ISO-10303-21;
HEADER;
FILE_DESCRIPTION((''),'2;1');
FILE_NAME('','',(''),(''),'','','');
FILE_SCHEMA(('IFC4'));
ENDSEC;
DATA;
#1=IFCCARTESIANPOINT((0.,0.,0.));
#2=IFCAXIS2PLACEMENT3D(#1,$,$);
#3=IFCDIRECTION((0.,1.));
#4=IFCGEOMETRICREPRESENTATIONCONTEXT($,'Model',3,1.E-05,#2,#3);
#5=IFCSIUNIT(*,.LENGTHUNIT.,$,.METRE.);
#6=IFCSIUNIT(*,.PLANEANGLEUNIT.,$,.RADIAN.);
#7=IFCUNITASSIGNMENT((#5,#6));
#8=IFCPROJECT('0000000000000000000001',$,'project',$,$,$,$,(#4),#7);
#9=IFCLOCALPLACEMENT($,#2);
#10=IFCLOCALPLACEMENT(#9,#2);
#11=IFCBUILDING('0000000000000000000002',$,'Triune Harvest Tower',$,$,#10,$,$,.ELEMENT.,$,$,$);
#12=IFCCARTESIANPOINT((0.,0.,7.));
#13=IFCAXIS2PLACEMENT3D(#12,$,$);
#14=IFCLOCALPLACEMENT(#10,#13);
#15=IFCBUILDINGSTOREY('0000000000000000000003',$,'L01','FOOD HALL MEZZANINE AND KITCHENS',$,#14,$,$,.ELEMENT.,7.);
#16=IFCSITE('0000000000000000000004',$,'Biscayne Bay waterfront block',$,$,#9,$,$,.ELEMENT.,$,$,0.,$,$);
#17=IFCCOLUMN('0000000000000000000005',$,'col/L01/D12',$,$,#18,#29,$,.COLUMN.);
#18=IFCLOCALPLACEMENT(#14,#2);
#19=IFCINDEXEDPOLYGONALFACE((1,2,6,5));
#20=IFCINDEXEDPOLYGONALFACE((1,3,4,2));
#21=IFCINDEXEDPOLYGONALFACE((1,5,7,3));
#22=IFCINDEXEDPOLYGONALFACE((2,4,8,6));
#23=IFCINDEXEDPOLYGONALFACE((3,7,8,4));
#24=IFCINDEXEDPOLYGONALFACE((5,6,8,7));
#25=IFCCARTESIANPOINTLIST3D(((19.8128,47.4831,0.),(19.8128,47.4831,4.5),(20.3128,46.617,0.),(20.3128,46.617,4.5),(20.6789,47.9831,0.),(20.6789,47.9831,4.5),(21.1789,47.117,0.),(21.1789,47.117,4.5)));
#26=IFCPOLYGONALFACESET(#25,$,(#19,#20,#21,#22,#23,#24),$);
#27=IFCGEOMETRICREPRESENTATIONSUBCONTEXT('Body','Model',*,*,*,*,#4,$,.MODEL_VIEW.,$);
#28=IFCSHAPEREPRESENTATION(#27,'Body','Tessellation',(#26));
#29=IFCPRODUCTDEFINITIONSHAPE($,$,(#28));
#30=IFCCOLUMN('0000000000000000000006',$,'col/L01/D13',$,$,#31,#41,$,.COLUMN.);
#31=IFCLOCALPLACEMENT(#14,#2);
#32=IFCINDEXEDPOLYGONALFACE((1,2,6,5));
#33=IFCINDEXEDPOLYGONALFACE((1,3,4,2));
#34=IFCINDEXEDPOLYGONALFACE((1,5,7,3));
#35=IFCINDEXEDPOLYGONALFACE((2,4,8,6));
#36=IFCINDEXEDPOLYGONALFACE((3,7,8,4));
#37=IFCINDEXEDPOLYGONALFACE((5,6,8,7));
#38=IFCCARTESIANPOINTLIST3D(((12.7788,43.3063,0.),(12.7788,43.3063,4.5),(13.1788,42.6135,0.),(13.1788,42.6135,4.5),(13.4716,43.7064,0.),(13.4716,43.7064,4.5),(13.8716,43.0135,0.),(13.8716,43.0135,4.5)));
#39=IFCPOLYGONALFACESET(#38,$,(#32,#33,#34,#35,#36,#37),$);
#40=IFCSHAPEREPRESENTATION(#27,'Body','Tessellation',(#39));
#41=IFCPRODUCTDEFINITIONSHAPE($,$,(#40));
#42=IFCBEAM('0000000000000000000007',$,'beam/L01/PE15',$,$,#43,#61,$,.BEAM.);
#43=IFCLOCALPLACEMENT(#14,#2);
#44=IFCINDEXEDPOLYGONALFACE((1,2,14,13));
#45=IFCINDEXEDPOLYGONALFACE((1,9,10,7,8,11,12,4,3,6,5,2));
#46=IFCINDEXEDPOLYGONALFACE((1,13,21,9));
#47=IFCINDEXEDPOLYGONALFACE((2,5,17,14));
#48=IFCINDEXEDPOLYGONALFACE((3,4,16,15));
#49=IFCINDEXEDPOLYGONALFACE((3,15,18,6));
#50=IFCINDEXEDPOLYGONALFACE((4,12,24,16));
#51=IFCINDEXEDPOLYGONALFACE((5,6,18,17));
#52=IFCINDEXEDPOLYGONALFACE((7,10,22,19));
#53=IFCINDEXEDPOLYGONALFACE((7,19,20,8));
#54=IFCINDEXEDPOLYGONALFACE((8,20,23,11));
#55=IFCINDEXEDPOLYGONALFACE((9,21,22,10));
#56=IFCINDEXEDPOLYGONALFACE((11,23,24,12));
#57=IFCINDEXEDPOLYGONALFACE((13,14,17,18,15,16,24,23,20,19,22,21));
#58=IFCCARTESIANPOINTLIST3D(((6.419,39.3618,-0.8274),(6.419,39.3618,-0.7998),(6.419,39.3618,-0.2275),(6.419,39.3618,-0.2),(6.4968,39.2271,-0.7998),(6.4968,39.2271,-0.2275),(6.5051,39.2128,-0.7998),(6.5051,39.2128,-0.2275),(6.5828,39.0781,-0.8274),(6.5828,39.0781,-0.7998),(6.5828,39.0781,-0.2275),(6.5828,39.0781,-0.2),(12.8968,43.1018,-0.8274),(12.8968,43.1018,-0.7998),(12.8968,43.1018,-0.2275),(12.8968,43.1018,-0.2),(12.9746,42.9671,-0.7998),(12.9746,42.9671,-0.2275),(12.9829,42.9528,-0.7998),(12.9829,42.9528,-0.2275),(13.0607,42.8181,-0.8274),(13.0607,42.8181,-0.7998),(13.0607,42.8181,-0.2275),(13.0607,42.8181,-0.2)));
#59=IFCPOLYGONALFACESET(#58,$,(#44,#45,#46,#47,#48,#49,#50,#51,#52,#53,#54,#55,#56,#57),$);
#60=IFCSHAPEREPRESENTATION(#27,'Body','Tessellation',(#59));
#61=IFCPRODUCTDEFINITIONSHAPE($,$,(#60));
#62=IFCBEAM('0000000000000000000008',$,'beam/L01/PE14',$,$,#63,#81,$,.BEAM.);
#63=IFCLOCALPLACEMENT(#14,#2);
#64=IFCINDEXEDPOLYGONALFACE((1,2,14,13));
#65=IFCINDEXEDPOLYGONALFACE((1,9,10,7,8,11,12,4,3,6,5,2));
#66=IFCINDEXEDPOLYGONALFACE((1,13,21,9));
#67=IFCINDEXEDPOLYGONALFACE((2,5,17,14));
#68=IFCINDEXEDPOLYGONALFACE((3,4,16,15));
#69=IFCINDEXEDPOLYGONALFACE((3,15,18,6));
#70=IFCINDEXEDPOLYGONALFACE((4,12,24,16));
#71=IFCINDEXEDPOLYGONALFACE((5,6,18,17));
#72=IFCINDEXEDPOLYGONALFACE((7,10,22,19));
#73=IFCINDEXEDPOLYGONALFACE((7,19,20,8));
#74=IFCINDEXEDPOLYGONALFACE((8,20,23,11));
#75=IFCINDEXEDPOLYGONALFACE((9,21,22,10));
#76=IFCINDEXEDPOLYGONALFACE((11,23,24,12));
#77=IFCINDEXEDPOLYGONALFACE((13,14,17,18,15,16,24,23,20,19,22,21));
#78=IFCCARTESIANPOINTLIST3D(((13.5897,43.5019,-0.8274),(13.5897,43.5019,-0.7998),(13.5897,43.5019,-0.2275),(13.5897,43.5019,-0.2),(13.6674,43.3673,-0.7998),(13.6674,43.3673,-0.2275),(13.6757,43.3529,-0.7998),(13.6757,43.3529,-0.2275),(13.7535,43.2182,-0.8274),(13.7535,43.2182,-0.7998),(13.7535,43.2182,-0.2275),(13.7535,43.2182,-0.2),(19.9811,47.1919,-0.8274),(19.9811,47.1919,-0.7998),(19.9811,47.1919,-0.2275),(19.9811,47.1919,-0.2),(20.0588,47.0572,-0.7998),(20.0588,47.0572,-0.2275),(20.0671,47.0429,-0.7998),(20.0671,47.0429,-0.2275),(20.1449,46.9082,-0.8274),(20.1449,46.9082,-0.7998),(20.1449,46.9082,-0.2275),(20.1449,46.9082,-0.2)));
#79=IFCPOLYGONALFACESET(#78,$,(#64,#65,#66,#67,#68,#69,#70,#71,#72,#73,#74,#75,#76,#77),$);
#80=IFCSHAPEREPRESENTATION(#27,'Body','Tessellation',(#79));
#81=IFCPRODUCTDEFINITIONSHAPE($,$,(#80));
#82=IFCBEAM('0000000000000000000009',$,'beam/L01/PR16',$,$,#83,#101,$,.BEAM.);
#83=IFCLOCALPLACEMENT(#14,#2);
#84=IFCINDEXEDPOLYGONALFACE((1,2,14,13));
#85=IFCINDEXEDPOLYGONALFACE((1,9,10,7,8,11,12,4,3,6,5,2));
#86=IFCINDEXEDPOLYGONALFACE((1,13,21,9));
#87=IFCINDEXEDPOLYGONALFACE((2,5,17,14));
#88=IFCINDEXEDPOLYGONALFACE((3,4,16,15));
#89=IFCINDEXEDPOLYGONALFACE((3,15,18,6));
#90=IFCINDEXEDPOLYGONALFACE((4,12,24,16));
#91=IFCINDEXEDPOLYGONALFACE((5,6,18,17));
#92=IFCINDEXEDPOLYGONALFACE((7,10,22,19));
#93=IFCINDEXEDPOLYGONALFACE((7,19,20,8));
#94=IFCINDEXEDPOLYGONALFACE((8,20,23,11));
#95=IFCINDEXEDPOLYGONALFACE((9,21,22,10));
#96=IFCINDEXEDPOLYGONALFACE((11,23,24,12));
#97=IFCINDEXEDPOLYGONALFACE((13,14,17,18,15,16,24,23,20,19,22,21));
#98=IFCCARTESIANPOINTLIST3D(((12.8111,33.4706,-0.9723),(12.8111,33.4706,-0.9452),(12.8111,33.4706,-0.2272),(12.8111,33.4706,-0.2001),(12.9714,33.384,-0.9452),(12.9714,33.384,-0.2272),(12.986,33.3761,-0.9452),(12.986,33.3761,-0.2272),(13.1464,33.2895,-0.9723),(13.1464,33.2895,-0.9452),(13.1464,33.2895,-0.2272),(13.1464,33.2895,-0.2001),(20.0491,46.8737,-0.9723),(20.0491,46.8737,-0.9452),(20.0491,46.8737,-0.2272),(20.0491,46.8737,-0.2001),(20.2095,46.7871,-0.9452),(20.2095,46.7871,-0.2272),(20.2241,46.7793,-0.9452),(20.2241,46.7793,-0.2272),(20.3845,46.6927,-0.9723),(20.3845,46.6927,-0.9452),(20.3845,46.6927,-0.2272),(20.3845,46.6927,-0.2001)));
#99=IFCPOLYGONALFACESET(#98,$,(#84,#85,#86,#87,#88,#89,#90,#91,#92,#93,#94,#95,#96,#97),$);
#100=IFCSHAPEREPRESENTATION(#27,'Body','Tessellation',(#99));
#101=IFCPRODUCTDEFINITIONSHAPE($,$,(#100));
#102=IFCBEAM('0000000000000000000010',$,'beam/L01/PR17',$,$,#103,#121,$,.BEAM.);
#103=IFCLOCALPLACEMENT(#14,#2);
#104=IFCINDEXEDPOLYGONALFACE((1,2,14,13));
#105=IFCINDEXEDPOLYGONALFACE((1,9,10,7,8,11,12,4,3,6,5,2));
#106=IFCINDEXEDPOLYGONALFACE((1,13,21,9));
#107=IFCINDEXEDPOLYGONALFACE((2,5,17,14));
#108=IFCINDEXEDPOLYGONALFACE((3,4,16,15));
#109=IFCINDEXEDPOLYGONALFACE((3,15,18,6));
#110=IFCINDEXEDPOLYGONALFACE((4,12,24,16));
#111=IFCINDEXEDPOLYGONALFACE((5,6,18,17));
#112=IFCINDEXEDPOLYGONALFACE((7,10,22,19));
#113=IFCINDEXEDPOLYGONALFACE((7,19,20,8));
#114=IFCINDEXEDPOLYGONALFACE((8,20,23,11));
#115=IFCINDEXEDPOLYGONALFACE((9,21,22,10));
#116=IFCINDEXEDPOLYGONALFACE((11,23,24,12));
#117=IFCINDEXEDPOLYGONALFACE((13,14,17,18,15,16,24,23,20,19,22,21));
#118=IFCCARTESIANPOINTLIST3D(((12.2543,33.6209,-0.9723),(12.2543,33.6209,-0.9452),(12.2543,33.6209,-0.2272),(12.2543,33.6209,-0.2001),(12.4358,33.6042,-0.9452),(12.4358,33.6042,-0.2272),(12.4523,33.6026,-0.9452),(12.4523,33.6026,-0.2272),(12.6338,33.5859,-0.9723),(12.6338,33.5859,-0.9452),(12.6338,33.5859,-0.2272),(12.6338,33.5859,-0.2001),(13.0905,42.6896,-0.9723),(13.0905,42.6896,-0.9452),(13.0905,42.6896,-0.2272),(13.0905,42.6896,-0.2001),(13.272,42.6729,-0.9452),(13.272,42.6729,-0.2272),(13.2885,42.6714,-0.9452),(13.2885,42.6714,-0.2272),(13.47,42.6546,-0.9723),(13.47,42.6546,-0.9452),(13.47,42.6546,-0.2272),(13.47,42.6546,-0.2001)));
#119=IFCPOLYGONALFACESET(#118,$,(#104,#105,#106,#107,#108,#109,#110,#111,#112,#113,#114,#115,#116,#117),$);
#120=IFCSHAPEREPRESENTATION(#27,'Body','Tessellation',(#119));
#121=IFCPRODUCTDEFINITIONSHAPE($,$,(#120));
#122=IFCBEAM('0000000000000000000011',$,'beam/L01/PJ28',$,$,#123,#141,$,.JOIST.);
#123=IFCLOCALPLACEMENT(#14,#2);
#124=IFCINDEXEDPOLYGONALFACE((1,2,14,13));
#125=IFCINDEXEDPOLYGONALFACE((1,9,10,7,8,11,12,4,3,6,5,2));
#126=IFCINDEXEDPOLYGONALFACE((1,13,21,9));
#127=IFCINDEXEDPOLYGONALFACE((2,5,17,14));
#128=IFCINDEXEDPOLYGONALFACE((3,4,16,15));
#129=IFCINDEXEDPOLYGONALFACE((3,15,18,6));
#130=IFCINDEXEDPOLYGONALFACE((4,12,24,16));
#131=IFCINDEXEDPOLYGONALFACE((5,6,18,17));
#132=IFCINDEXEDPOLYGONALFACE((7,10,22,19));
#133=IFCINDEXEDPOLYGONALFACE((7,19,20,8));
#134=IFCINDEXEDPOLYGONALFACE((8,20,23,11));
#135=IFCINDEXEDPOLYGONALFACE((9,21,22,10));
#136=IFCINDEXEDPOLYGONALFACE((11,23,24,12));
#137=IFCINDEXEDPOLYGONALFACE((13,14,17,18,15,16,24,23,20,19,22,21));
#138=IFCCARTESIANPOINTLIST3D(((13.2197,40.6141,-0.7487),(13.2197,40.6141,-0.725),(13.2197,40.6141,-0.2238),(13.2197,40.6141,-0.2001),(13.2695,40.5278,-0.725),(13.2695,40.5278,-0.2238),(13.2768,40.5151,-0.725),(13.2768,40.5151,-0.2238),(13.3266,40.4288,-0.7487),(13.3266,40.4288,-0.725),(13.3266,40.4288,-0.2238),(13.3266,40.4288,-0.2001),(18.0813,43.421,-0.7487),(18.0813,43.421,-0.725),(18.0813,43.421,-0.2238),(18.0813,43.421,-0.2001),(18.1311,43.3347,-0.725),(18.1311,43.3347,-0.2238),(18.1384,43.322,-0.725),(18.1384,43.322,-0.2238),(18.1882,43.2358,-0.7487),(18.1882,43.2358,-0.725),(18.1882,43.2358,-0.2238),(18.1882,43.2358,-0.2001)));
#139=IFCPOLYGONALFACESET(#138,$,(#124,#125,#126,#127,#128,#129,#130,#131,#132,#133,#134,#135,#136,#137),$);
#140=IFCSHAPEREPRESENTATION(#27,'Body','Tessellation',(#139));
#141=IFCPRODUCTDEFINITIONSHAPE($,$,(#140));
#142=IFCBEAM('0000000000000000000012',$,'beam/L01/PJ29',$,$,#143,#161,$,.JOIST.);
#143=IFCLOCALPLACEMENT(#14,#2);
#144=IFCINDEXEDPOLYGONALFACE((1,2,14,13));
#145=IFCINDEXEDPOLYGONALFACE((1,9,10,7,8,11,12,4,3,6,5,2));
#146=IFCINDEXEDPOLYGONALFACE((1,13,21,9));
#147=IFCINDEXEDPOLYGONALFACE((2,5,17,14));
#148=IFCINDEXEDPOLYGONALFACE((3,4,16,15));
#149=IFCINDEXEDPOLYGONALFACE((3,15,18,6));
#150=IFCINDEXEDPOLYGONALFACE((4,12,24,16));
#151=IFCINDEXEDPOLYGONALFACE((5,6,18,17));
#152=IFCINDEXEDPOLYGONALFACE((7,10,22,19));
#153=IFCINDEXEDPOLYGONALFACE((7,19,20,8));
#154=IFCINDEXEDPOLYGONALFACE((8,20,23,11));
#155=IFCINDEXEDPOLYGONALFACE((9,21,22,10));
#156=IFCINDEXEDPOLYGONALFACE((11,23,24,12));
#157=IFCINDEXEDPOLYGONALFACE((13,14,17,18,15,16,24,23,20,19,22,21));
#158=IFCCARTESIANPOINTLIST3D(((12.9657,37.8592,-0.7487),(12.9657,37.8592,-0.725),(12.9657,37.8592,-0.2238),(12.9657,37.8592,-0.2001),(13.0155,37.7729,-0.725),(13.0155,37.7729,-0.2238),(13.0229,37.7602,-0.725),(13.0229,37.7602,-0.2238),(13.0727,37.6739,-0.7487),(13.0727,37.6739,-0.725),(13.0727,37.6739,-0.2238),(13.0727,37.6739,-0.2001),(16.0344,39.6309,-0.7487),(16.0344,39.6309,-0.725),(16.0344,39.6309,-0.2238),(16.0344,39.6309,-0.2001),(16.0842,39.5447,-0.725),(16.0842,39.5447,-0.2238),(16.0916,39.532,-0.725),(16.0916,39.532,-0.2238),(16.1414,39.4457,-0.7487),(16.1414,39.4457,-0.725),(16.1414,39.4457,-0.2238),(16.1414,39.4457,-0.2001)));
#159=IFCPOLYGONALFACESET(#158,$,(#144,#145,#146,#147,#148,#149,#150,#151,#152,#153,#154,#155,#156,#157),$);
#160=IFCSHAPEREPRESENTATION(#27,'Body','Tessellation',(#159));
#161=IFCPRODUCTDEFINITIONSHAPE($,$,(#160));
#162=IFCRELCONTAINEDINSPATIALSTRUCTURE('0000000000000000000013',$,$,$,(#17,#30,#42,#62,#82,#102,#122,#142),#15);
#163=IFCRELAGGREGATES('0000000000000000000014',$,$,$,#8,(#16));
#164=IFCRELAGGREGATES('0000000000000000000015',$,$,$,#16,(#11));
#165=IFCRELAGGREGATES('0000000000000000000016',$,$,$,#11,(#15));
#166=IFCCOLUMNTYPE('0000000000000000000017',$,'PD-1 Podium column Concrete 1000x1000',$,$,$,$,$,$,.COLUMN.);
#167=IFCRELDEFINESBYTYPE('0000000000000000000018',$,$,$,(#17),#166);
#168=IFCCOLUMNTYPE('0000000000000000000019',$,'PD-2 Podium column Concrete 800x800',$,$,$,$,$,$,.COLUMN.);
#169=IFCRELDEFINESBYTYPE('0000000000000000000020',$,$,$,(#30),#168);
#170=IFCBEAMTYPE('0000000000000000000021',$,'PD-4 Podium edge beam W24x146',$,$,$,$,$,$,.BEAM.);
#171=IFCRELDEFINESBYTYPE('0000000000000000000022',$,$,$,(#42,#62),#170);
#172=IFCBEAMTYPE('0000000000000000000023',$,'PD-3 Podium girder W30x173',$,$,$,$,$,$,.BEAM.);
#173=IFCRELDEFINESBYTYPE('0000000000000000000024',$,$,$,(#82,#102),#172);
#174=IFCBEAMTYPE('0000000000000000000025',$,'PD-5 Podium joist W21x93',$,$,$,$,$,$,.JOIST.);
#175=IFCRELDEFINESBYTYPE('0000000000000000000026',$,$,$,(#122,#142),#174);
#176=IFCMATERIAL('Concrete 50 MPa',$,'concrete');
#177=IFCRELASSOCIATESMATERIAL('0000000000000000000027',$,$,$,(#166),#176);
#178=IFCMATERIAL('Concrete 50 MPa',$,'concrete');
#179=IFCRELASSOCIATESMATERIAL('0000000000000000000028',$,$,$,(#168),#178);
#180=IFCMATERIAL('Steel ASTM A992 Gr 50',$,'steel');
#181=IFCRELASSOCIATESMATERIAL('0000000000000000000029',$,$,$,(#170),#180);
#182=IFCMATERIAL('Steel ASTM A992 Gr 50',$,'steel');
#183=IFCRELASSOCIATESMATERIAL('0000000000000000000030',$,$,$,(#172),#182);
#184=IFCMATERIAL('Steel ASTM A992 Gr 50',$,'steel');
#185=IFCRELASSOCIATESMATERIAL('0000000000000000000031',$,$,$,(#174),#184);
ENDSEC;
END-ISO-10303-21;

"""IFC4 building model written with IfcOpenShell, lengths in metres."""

from ifc_helpers import new_model, si_unit, direction, frame, origin, origin_2d, place, context, subcontext, project, spatial, rectangle, i_section, extrude, source, transform, mapped, material, material_profile, profile_set, type_object, element, save


model = new_model("IFC4")

# Units and contexts
model_context = context("Model", 3, precision=1e-05, world=origin(), true_north=direction((0.0, 1.0)))
body_context = subcontext(model_context, "Body", "Model", "MODEL_VIEW")
ifc_project = project(units=[si_unit("LENGTHUNIT", "METRE"), si_unit("PLANEANGLEUNIT", "RADIAN")], contexts=[model_context])

# Site, building, storey
site_placement = place(None, origin())
site = spatial("IfcSite", under=ifc_project, at=site_placement, Name="Biscayne Bay waterfront block", CompositionType="ELEMENT", RefElevation=0.0)
building_placement = place(site_placement, origin())
building = spatial("IfcBuilding", under=site, at=building_placement, Name="Triune Harvest Tower", CompositionType="ELEMENT")
storey_placement = place(building_placement, frame((0.0, 0.0, 7.0)))
storey = spatial("IfcBuildingStorey", under=building, at=storey_placement, Name="L01", Description="FOOD HALL MEZZANINE AND KITCHENS", CompositionType="ELEMENT", Elevation=7.0)

# Columns
ifc_material_1 = material(Name="Concrete 50 MPa", Category="concrete")
ifc_material_profile_1 = material_profile(ifc_material_1, rectangle(XDim=1.0, YDim=1.0, at=origin_2d()), Name="Concrete 1000x1000")
ifc_profile_set_1 = profile_set([ifc_material_profile_1], Name="Concrete 50 MPa")
column_type_1 = type_object("IfcColumnType", Name="PD-1 Podium column Concrete 1000x1000", PredefinedType="COLUMN", material=ifc_profile_set_1)
shared_shape_1 = source(origin(), body_context, "Body", "SweptSolid", [
    extrude(rectangle(XDim=1.0, YDim=1.0, at=origin_2d()), origin(), (0.0, 0.0, 1.0), 4.5),
])
column_1_placement = place(storey_placement, frame((20.4958, 47.3, 0.0), z_axis=(0.0, 0.0, 1.0), x_axis=(-0.866025, -0.5, 0.0)))
element("IfcColumn", 1, at=column_1_placement, inside=storey, type_object=column_type_1, Name="col/L01/D12", PredefinedType="COLUMN", context=body_context, shape_type="MappedRepresentation", body=[
    mapped(shared_shape_1, transform((0.0, 0.0, 0.0), scale=1.0)),
])
ifc_material_2 = material(Name="Concrete 50 MPa", Category="concrete")
ifc_material_profile_2 = material_profile(ifc_material_2, rectangle(XDim=0.8, YDim=0.8, at=origin_2d()), Name="Concrete 800x800")
ifc_profile_set_2 = profile_set([ifc_material_profile_2], Name="Concrete 50 MPa")
column_type_2 = type_object("IfcColumnType", Name="PD-2 Podium column Concrete 800x800", PredefinedType="COLUMN", material=ifc_profile_set_2)
shared_shape_2 = source(origin(), body_context, "Body", "SweptSolid", [
    extrude(rectangle(XDim=0.8, YDim=0.8, at=origin_2d()), origin(), (0.0, 0.0, 1.0), 4.5),
])
column_2_placement = place(storey_placement, frame((13.3252, 43.1599, 0.0), z_axis=(0.0, 0.0, 1.0), x_axis=(-0.866025, -0.5, 0.0)))
element("IfcColumn", 2, at=column_2_placement, inside=storey, type_object=column_type_2, Name="col/L01/D13", PredefinedType="COLUMN", context=body_context, shape_type="MappedRepresentation", body=[
    mapped(shared_shape_2, transform((0.0, 0.0, 0.0), scale=1.0)),
])

# Beams
ifc_material_3 = material(Name="Steel ASTM A992 Gr 50", Category="steel")
ifc_material_profile_3 = material_profile(ifc_material_3, i_section(OverallWidth=0.3276, OverallDepth=0.6274, WebThickness=0.0166, FlangeThickness=0.0276, at=origin_2d()), Name="W24x146")
ifc_profile_set_3 = profile_set([ifc_material_profile_3], Name="Steel ASTM A992 Gr 50")
beam_type_1 = type_object("IfcBeamType", Name="PD-4 Podium edge beam W24x146", PredefinedType="BEAM", material=ifc_profile_set_3)
shared_shape_3 = source(origin(), body_context, "Body", "SweptSolid", [
    extrude(i_section(OverallWidth=0.3276, OverallDepth=0.6274, WebThickness=0.0166, FlangeThickness=0.0276, at=origin_2d()), origin(), (0.0, 0.0, 1.0), 7.48),
])
beam_1_placement = place(storey_placement, frame((12.9788, 42.96, -0.5137), z_axis=(-0.866023, -0.500004, 0.0), x_axis=(0.500004, -0.866023, 0.0)))
element("IfcBeam", 3, at=beam_1_placement, inside=storey, type_object=beam_type_1, Name="beam/L01/PE15", PredefinedType="BEAM", context=body_context, shape_type="MappedRepresentation", body=[
    mapped(shared_shape_3, transform((0.0, 0.0, 0.0), scale=1.0)),
])
shared_shape_4 = source(origin(), body_context, "Body", "SweptSolid", [
    extrude(i_section(OverallWidth=0.3276, OverallDepth=0.6274, WebThickness=0.0166, FlangeThickness=0.0276, at=origin_2d()), origin(), (0.0, 0.0, 1.0), 7.3801),
])
beam_2_placement = place(storey_placement, frame((20.063, 47.05, -0.5137), z_axis=(-0.866032, -0.499989, 0.0), x_axis=(0.499989, -0.866032, 0.0)))
element("IfcBeam", 4, at=beam_2_placement, inside=storey, type_object=beam_type_1, Name="beam/L01/PE14", PredefinedType="BEAM", context=body_context, shape_type="MappedRepresentation", body=[
    mapped(shared_shape_4, transform((0.0, 0.0, 0.0), scale=1.0)),
])
ifc_material_4 = material(Name="Steel ASTM A992 Gr 50", Category="steel")
ifc_material_profile_4 = material_profile(ifc_material_4, i_section(OverallWidth=0.3811, OverallDepth=0.7722, WebThickness=0.0166, FlangeThickness=0.0271, at=origin_2d()), Name="W30x173")
ifc_profile_set_4 = profile_set([ifc_material_profile_4], Name="Steel ASTM A992 Gr 50")
beam_type_2 = type_object("IfcBeamType", Name="PD-3 Podium girder W30x173", PredefinedType="BEAM", material=ifc_profile_set_4)
shared_shape_5 = source(origin(), body_context, "Body", "SweptSolid", [
    extrude(i_section(OverallWidth=0.3811, OverallDepth=0.7722, WebThickness=0.0166, FlangeThickness=0.0271, at=origin_2d()), origin(), (0.0, 0.0, 1.0), 15.2327),
])
beam_3_placement = place(storey_placement, frame((20.2168, 46.7832, -0.5862), z_axis=(-0.475168, -0.879895, 0.0), x_axis=(0.879895, -0.475168, 0.0)))
element("IfcBeam", 5, at=beam_3_placement, inside=storey, type_object=beam_type_2, Name="beam/L01/PR16", PredefinedType="BEAM", context=body_context, shape_type="MappedRepresentation", body=[
    mapped(shared_shape_5, transform((0.0, 0.0, 0.0), scale=1.0)),
])
shared_shape_6 = source(origin(), body_context, "Body", "SweptSolid", [
    extrude(i_section(OverallWidth=0.3811, OverallDepth=0.7722, WebThickness=0.0166, FlangeThickness=0.0271, at=origin_2d()), origin(), (0.0, 0.0, 1.0), 9.1072),
])
beam_4_placement = place(storey_placement, frame((13.2803, 42.6721, -0.5862), z_axis=(-0.091817, -0.995776, 0.0), x_axis=(0.995776, -0.091817, 0.0)))
element("IfcBeam", 6, at=beam_4_placement, inside=storey, type_object=beam_type_2, Name="beam/L01/PR17", PredefinedType="BEAM", context=body_context, shape_type="MappedRepresentation", body=[
    mapped(shared_shape_6, transform((0.0, 0.0, 0.0), scale=1.0)),
])
ifc_material_5 = material(Name="Steel ASTM A992 Gr 50", Category="steel")
ifc_material_profile_5 = material_profile(ifc_material_5, i_section(OverallWidth=0.2139, OverallDepth=0.5486, WebThickness=0.0146, FlangeThickness=0.0237, at=origin_2d()), Name="W21x93")
ifc_profile_set_5 = profile_set([ifc_material_profile_5], Name="Steel ASTM A992 Gr 50")
beam_type_3 = type_object("IfcBeamType", Name="PD-5 Podium joist W21x93", PredefinedType="JOIST", material=ifc_profile_set_5)
shared_shape_7 = source(origin(), body_context, "Body", "SweptSolid", [
    extrude(i_section(OverallWidth=0.2139, OverallDepth=0.5486, WebThickness=0.0146, FlangeThickness=0.0237, at=origin_2d()), origin(), (0.0, 0.0, 1.0), 5.6138),
])
beam_5_placement = place(storey_placement, frame((18.1348, 43.3284, -0.4744), z_axis=(-0.866021, -0.500007, 0.0), x_axis=(0.500007, -0.866021, 0.0)))
element("IfcBeam", 7, at=beam_5_placement, inside=storey, type_object=beam_type_3, Name="beam/L01/PJ28", PredefinedType="JOIST", context=body_context, shape_type="MappedRepresentation", body=[
    mapped(shared_shape_7, transform((0.0, 0.0, 0.0), scale=1.0)),
])
shared_shape_8 = source(origin(), body_context, "Body", "SweptSolid", [
    extrude(i_section(OverallWidth=0.2139, OverallDepth=0.5486, WebThickness=0.0146, FlangeThickness=0.0237, at=origin_2d()), origin(), (0.0, 0.0, 1.0), 3.5435),
])
beam_6_placement = place(storey_placement, frame((16.0879, 39.5383, -0.4744), z_axis=(-0.866017, -0.500015, 0.0), x_axis=(0.500015, -0.866017, 0.0)))
element("IfcBeam", 8, at=beam_6_placement, inside=storey, type_object=beam_type_3, Name="beam/L01/PJ29", PredefinedType="JOIST", context=body_context, shape_type="MappedRepresentation", body=[
    mapped(shared_shape_8, transform((0.0, 0.0, 0.0), scale=1.0)),
])

save(model, "model.ifc")
